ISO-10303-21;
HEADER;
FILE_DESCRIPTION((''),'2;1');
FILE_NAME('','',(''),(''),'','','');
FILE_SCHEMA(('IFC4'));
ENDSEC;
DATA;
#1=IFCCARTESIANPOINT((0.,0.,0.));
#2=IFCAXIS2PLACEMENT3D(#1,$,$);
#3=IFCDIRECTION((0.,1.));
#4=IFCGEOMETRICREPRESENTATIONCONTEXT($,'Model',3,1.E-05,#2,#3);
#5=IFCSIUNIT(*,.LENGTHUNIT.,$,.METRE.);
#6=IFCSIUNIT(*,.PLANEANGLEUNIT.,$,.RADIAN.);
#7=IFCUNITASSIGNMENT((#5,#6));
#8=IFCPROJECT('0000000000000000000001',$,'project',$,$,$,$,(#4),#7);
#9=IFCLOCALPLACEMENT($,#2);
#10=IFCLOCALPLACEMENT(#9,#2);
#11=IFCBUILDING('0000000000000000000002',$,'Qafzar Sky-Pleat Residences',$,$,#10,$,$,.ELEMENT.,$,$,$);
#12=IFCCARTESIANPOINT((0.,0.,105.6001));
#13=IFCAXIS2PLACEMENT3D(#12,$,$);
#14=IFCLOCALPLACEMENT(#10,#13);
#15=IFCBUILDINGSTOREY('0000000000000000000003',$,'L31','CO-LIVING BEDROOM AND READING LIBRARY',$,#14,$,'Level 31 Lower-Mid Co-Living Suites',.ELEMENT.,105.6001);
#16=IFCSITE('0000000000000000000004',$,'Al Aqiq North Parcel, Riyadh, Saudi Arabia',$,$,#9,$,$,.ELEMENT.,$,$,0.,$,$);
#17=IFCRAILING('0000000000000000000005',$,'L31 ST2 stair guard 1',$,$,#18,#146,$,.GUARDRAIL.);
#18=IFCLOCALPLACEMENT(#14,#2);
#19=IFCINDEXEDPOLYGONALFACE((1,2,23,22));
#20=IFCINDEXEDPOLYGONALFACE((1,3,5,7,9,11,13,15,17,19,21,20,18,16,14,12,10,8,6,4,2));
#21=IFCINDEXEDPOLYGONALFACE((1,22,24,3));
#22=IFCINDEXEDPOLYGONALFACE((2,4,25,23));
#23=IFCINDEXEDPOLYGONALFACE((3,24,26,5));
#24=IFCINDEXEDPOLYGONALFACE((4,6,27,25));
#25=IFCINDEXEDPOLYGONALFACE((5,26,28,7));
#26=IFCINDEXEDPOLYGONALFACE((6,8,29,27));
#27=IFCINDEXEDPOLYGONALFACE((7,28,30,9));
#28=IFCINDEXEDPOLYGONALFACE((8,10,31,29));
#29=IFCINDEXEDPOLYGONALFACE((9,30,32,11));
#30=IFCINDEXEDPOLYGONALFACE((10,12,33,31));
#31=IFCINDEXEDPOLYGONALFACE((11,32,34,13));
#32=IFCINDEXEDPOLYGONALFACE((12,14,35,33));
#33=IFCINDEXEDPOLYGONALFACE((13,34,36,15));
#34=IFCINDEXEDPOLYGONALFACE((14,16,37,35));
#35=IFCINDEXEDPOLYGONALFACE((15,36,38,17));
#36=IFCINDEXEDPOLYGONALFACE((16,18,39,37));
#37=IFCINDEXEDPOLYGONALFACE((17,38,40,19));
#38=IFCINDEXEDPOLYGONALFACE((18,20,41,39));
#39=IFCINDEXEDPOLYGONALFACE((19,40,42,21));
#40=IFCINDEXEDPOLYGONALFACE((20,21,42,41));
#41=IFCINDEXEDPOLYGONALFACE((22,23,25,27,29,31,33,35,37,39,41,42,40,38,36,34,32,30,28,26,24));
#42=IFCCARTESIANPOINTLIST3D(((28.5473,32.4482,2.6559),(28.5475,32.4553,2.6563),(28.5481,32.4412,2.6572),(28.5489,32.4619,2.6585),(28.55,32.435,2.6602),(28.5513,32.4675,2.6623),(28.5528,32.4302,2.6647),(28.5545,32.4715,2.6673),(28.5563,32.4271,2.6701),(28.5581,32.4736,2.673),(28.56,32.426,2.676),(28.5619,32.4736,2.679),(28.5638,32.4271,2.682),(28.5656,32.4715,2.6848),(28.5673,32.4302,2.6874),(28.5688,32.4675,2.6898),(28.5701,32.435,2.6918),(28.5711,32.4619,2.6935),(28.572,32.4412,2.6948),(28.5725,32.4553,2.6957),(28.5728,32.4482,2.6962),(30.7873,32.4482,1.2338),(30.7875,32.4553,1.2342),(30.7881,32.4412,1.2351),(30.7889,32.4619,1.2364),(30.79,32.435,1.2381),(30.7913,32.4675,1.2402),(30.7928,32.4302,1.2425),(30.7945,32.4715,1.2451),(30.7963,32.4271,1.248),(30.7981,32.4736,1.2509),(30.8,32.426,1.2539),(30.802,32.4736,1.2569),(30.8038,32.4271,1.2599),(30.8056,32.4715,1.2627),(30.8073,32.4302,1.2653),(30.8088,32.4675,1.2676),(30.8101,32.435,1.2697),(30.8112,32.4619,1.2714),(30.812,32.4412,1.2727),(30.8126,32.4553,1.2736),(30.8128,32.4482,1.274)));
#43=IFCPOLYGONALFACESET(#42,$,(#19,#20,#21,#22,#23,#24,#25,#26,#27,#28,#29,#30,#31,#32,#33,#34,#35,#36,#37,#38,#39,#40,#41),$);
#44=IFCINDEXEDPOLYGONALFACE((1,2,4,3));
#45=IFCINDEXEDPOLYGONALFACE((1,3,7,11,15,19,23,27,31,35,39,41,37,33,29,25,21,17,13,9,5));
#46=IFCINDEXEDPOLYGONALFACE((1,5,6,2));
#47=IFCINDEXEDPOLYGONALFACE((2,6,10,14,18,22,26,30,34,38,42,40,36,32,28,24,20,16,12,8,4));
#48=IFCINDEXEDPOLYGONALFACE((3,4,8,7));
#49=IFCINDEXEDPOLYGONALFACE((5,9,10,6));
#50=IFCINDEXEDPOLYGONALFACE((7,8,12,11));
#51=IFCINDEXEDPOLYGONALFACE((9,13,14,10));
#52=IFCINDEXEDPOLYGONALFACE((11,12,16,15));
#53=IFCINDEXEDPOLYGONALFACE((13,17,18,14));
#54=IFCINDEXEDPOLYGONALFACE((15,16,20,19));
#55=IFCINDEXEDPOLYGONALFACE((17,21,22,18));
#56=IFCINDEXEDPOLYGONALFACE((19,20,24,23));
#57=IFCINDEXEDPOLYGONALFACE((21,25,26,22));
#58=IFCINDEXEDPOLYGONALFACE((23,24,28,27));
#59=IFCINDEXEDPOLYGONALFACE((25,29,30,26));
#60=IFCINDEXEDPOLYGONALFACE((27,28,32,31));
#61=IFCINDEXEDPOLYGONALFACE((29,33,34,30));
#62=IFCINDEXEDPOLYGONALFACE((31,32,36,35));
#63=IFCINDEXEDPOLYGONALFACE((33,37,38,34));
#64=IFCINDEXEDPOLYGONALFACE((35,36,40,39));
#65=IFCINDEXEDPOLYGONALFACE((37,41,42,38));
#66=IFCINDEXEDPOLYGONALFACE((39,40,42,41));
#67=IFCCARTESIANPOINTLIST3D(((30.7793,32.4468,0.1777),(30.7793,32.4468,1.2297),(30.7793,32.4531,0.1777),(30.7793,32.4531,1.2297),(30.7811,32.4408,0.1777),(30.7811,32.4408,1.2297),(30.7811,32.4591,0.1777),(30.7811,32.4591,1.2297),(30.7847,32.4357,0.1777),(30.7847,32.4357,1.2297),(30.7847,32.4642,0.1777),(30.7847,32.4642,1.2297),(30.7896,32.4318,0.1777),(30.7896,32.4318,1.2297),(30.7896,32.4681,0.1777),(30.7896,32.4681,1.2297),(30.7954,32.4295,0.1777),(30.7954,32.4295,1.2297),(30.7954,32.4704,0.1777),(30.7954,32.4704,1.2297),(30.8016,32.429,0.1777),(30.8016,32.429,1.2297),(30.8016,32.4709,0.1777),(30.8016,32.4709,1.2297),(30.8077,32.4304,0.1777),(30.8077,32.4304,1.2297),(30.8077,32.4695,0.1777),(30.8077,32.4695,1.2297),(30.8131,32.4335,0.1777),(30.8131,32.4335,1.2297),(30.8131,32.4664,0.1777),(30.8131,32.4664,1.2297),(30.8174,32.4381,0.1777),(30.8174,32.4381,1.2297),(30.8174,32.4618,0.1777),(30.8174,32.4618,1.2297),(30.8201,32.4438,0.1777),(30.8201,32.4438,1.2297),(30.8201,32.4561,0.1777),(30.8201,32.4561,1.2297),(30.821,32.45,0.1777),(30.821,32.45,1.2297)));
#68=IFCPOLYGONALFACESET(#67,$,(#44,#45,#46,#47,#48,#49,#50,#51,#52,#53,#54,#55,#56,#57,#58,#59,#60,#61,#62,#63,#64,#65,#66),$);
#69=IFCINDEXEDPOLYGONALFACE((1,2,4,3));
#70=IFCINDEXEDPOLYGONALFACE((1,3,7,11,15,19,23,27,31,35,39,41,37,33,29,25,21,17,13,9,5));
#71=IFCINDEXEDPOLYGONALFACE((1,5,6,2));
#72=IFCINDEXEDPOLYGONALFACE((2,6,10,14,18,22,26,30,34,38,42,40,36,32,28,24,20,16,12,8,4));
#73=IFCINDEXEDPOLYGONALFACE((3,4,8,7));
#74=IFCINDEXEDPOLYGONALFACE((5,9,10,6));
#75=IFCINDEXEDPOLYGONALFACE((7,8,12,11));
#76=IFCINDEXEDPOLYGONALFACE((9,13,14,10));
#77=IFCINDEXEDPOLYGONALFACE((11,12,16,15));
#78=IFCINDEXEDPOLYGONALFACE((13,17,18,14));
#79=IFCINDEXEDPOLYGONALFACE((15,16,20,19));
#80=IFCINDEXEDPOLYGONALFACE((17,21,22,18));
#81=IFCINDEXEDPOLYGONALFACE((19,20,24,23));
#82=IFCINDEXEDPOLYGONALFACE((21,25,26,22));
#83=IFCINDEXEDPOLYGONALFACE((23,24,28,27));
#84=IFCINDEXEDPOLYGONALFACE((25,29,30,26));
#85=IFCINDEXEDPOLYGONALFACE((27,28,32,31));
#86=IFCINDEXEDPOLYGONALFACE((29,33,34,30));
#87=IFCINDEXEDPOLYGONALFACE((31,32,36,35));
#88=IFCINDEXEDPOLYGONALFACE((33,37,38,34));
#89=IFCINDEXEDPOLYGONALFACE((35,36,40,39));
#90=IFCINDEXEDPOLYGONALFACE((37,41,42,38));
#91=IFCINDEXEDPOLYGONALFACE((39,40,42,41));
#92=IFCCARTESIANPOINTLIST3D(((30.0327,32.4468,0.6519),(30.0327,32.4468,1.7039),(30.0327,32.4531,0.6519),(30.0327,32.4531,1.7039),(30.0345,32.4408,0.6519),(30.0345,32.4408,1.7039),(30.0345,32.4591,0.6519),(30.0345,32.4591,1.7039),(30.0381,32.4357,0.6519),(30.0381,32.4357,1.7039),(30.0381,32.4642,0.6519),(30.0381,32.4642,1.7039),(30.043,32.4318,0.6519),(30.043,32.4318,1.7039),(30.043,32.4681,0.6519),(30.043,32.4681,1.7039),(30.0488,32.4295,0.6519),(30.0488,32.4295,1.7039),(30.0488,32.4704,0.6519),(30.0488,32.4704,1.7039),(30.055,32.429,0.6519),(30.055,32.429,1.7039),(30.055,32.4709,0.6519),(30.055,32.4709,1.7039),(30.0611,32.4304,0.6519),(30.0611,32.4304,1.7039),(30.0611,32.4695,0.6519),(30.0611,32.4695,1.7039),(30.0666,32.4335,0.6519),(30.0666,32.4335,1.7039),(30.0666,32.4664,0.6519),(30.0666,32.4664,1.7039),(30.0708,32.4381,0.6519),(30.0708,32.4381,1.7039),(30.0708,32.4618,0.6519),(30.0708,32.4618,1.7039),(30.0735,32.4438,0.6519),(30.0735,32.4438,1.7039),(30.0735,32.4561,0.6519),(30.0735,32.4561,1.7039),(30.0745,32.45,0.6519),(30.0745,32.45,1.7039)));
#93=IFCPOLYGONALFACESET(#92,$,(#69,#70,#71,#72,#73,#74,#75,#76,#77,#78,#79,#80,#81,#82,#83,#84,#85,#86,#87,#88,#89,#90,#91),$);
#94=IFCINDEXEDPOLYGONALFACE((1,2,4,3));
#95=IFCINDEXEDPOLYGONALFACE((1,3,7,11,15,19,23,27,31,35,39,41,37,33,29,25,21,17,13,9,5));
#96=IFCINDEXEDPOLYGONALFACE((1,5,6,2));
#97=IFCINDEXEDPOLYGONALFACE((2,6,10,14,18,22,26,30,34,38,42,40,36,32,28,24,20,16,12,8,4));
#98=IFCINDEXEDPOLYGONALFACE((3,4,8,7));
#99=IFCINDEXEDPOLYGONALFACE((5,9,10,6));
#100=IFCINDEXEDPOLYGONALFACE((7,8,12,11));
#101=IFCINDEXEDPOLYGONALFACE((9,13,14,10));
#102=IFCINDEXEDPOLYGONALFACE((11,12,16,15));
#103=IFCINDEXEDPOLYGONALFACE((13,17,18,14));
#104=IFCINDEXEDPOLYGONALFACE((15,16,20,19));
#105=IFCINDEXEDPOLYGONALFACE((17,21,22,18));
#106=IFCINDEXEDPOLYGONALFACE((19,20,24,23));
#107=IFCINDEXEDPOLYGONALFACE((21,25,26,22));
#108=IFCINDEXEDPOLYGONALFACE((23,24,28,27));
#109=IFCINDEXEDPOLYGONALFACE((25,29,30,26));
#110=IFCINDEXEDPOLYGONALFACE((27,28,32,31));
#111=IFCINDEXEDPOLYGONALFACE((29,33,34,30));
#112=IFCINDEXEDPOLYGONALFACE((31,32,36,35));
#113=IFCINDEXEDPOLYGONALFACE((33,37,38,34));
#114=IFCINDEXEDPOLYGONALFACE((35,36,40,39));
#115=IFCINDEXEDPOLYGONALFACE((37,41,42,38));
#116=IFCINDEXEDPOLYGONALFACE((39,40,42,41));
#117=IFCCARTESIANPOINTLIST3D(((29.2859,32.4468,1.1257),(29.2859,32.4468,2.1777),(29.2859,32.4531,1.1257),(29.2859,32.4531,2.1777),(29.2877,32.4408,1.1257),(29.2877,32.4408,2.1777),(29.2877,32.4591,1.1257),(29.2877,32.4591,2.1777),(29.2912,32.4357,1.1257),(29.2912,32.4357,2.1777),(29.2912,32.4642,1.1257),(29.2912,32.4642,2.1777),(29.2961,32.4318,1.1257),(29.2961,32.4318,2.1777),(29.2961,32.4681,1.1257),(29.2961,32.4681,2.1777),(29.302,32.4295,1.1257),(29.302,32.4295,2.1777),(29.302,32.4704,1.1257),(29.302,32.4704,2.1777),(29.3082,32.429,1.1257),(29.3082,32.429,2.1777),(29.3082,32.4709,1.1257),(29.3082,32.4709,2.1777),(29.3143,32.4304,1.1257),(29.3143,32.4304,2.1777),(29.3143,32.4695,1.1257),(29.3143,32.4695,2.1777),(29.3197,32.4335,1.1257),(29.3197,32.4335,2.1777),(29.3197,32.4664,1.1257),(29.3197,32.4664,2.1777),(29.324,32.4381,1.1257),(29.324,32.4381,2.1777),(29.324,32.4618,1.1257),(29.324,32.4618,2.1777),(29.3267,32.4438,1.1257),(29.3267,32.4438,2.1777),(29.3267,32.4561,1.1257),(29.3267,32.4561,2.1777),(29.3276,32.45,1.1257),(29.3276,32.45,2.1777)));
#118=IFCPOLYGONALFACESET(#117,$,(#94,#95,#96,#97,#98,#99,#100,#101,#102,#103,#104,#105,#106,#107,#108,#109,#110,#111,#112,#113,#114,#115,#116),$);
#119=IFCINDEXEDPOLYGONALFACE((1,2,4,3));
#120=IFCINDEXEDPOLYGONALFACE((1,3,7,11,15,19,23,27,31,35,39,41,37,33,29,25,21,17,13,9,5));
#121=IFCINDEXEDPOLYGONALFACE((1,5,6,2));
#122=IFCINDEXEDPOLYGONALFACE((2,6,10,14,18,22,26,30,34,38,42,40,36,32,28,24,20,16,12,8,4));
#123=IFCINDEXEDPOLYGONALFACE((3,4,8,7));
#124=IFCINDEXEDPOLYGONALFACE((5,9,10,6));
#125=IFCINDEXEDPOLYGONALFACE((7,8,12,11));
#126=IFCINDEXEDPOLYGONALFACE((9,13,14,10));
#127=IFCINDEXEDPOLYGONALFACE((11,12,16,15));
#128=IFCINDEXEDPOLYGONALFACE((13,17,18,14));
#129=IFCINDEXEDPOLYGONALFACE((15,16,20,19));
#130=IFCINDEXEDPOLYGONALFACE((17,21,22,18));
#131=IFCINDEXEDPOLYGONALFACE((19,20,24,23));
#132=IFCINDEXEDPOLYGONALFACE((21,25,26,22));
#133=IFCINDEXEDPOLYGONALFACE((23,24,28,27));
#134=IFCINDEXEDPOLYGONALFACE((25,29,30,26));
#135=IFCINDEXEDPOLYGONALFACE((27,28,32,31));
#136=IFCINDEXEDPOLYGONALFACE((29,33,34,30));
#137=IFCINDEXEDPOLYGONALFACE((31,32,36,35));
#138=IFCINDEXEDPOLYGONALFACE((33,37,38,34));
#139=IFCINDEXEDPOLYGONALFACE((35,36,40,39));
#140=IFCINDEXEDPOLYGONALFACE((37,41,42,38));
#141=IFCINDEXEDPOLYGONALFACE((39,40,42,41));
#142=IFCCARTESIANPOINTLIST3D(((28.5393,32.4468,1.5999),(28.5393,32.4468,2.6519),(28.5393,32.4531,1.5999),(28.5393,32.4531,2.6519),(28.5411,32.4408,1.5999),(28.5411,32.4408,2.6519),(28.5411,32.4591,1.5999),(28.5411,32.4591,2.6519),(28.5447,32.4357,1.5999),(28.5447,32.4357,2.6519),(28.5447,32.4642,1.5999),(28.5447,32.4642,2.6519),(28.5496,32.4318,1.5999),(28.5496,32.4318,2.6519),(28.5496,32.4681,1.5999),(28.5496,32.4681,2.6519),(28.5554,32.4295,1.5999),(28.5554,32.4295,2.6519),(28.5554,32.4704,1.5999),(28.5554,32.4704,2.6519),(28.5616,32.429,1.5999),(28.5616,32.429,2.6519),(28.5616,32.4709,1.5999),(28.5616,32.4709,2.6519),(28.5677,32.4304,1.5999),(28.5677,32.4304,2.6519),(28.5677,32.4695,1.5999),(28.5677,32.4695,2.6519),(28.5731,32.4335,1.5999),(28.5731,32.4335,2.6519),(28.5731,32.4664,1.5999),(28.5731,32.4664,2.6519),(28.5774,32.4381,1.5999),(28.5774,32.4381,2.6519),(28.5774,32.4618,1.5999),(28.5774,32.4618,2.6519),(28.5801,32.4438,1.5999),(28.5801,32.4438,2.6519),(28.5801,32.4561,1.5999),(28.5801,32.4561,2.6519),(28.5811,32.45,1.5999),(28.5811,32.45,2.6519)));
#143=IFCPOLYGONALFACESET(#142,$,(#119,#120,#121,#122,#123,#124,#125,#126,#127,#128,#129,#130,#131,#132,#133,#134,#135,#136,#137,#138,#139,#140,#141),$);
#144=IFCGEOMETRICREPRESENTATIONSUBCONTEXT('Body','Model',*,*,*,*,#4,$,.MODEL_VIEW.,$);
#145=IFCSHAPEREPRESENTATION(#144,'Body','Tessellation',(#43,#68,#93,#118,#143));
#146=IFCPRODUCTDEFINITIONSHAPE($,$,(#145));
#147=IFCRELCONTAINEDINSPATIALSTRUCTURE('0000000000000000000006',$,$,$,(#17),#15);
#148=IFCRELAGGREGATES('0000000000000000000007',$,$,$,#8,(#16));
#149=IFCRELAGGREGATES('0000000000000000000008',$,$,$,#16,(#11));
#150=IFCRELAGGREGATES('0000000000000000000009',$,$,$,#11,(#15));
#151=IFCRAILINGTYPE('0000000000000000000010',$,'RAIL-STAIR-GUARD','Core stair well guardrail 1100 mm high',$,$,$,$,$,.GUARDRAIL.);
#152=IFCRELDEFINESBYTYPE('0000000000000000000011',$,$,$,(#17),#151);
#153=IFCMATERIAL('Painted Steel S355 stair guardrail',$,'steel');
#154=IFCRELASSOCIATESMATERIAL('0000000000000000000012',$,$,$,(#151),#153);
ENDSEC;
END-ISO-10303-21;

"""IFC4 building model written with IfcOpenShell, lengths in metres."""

from ifc_helpers import new_model, si_unit, direction, frame, origin, origin_2d, place, context, subcontext, project, spatial, circle, extrude, source, transform, mapped, material, type_object, element, save


model = new_model("IFC4")

# Units and contexts
model_context = context("Model", 3, precision=1e-05, world=origin(), true_north=direction((0.0, 1.0)))
body_context = subcontext(model_context, "Body", "Model", "MODEL_VIEW")
ifc_project = project(units=[si_unit("LENGTHUNIT", "METRE"), si_unit("PLANEANGLEUNIT", "RADIAN")], contexts=[model_context])

# Site, building, storey
site_placement = place(None, origin())
site = spatial("IfcSite", under=ifc_project, at=site_placement, Name="Al Aqiq North Parcel, Riyadh, Saudi Arabia", CompositionType="ELEMENT", RefElevation=0.0)
building_placement = place(site_placement, origin())
building = spatial("IfcBuilding", under=site, at=building_placement, Name="Qafzar Sky-Pleat Residences", CompositionType="ELEMENT")
storey_placement = place(building_placement, frame((0.0, 0.0, 105.6001)))
storey = spatial("IfcBuildingStorey", under=building, at=storey_placement, Name="L31", Description="CO-LIVING BEDROOM AND READING LIBRARY", LongName="Level 31 Lower-Mid Co-Living Suites", CompositionType="ELEMENT", Elevation=105.6001)

# Railing
ifc_material_1 = material(Name="Painted Steel S355 stair guardrail", Category="steel")
railing_type_1 = type_object("IfcRailingType", Name="RAIL-STAIR-GUARD", Description="Core stair well guardrail 1100 mm high", PredefinedType="GUARDRAIL", material=ifc_material_1)
shared_shape_1 = source(origin(), body_context, "Body", "SweptSolid", [
    extrude(circle(Radius=0.0239, at=origin_2d()), frame((0.0, 0.0, 1.0762), z_axis=(-0.844229, 0.0, 0.535982), x_axis=(0.0, -1.0, 0.0)), (0.0, 0.0, 1.0), 2.6533),
    extrude(circle(Radius=0.021, at=origin_2d()), origin(), (0.0, 0.0, 1.0), 1.052),
    extrude(circle(Radius=0.021, at=origin_2d()), frame((-0.7466, 0.0, 0.4741)), (0.0, 0.0, 1.0), 1.052),
    extrude(circle(Radius=0.021, at=origin_2d()), frame((-1.4934, 0.0, 0.948)), (0.0, 0.0, 1.0), 1.052),
    extrude(circle(Radius=0.021, at=origin_2d()), frame((-2.24, 0.0, 1.4221)), (0.0, 0.0, 1.0), 1.052),
])
railing_1_placement = place(storey_placement, frame((30.8, 32.45, 0.1777)))
element("IfcRailing", 1, at=railing_1_placement, inside=storey, type_object=railing_type_1, Name="L31 ST2 stair guard 1", PredefinedType="GUARDRAIL", context=body_context, shape_type="MappedRepresentation", body=[
    mapped(shared_shape_1, transform((0.0, 0.0, 0.0), x_axis=(1.0, 0.0, 0.0), y_axis=(0.0, 1.0, 0.0), z_axis=(0.0, 0.0, 1.0), scale=1.0)),
])

save(model, "model.ifc")
